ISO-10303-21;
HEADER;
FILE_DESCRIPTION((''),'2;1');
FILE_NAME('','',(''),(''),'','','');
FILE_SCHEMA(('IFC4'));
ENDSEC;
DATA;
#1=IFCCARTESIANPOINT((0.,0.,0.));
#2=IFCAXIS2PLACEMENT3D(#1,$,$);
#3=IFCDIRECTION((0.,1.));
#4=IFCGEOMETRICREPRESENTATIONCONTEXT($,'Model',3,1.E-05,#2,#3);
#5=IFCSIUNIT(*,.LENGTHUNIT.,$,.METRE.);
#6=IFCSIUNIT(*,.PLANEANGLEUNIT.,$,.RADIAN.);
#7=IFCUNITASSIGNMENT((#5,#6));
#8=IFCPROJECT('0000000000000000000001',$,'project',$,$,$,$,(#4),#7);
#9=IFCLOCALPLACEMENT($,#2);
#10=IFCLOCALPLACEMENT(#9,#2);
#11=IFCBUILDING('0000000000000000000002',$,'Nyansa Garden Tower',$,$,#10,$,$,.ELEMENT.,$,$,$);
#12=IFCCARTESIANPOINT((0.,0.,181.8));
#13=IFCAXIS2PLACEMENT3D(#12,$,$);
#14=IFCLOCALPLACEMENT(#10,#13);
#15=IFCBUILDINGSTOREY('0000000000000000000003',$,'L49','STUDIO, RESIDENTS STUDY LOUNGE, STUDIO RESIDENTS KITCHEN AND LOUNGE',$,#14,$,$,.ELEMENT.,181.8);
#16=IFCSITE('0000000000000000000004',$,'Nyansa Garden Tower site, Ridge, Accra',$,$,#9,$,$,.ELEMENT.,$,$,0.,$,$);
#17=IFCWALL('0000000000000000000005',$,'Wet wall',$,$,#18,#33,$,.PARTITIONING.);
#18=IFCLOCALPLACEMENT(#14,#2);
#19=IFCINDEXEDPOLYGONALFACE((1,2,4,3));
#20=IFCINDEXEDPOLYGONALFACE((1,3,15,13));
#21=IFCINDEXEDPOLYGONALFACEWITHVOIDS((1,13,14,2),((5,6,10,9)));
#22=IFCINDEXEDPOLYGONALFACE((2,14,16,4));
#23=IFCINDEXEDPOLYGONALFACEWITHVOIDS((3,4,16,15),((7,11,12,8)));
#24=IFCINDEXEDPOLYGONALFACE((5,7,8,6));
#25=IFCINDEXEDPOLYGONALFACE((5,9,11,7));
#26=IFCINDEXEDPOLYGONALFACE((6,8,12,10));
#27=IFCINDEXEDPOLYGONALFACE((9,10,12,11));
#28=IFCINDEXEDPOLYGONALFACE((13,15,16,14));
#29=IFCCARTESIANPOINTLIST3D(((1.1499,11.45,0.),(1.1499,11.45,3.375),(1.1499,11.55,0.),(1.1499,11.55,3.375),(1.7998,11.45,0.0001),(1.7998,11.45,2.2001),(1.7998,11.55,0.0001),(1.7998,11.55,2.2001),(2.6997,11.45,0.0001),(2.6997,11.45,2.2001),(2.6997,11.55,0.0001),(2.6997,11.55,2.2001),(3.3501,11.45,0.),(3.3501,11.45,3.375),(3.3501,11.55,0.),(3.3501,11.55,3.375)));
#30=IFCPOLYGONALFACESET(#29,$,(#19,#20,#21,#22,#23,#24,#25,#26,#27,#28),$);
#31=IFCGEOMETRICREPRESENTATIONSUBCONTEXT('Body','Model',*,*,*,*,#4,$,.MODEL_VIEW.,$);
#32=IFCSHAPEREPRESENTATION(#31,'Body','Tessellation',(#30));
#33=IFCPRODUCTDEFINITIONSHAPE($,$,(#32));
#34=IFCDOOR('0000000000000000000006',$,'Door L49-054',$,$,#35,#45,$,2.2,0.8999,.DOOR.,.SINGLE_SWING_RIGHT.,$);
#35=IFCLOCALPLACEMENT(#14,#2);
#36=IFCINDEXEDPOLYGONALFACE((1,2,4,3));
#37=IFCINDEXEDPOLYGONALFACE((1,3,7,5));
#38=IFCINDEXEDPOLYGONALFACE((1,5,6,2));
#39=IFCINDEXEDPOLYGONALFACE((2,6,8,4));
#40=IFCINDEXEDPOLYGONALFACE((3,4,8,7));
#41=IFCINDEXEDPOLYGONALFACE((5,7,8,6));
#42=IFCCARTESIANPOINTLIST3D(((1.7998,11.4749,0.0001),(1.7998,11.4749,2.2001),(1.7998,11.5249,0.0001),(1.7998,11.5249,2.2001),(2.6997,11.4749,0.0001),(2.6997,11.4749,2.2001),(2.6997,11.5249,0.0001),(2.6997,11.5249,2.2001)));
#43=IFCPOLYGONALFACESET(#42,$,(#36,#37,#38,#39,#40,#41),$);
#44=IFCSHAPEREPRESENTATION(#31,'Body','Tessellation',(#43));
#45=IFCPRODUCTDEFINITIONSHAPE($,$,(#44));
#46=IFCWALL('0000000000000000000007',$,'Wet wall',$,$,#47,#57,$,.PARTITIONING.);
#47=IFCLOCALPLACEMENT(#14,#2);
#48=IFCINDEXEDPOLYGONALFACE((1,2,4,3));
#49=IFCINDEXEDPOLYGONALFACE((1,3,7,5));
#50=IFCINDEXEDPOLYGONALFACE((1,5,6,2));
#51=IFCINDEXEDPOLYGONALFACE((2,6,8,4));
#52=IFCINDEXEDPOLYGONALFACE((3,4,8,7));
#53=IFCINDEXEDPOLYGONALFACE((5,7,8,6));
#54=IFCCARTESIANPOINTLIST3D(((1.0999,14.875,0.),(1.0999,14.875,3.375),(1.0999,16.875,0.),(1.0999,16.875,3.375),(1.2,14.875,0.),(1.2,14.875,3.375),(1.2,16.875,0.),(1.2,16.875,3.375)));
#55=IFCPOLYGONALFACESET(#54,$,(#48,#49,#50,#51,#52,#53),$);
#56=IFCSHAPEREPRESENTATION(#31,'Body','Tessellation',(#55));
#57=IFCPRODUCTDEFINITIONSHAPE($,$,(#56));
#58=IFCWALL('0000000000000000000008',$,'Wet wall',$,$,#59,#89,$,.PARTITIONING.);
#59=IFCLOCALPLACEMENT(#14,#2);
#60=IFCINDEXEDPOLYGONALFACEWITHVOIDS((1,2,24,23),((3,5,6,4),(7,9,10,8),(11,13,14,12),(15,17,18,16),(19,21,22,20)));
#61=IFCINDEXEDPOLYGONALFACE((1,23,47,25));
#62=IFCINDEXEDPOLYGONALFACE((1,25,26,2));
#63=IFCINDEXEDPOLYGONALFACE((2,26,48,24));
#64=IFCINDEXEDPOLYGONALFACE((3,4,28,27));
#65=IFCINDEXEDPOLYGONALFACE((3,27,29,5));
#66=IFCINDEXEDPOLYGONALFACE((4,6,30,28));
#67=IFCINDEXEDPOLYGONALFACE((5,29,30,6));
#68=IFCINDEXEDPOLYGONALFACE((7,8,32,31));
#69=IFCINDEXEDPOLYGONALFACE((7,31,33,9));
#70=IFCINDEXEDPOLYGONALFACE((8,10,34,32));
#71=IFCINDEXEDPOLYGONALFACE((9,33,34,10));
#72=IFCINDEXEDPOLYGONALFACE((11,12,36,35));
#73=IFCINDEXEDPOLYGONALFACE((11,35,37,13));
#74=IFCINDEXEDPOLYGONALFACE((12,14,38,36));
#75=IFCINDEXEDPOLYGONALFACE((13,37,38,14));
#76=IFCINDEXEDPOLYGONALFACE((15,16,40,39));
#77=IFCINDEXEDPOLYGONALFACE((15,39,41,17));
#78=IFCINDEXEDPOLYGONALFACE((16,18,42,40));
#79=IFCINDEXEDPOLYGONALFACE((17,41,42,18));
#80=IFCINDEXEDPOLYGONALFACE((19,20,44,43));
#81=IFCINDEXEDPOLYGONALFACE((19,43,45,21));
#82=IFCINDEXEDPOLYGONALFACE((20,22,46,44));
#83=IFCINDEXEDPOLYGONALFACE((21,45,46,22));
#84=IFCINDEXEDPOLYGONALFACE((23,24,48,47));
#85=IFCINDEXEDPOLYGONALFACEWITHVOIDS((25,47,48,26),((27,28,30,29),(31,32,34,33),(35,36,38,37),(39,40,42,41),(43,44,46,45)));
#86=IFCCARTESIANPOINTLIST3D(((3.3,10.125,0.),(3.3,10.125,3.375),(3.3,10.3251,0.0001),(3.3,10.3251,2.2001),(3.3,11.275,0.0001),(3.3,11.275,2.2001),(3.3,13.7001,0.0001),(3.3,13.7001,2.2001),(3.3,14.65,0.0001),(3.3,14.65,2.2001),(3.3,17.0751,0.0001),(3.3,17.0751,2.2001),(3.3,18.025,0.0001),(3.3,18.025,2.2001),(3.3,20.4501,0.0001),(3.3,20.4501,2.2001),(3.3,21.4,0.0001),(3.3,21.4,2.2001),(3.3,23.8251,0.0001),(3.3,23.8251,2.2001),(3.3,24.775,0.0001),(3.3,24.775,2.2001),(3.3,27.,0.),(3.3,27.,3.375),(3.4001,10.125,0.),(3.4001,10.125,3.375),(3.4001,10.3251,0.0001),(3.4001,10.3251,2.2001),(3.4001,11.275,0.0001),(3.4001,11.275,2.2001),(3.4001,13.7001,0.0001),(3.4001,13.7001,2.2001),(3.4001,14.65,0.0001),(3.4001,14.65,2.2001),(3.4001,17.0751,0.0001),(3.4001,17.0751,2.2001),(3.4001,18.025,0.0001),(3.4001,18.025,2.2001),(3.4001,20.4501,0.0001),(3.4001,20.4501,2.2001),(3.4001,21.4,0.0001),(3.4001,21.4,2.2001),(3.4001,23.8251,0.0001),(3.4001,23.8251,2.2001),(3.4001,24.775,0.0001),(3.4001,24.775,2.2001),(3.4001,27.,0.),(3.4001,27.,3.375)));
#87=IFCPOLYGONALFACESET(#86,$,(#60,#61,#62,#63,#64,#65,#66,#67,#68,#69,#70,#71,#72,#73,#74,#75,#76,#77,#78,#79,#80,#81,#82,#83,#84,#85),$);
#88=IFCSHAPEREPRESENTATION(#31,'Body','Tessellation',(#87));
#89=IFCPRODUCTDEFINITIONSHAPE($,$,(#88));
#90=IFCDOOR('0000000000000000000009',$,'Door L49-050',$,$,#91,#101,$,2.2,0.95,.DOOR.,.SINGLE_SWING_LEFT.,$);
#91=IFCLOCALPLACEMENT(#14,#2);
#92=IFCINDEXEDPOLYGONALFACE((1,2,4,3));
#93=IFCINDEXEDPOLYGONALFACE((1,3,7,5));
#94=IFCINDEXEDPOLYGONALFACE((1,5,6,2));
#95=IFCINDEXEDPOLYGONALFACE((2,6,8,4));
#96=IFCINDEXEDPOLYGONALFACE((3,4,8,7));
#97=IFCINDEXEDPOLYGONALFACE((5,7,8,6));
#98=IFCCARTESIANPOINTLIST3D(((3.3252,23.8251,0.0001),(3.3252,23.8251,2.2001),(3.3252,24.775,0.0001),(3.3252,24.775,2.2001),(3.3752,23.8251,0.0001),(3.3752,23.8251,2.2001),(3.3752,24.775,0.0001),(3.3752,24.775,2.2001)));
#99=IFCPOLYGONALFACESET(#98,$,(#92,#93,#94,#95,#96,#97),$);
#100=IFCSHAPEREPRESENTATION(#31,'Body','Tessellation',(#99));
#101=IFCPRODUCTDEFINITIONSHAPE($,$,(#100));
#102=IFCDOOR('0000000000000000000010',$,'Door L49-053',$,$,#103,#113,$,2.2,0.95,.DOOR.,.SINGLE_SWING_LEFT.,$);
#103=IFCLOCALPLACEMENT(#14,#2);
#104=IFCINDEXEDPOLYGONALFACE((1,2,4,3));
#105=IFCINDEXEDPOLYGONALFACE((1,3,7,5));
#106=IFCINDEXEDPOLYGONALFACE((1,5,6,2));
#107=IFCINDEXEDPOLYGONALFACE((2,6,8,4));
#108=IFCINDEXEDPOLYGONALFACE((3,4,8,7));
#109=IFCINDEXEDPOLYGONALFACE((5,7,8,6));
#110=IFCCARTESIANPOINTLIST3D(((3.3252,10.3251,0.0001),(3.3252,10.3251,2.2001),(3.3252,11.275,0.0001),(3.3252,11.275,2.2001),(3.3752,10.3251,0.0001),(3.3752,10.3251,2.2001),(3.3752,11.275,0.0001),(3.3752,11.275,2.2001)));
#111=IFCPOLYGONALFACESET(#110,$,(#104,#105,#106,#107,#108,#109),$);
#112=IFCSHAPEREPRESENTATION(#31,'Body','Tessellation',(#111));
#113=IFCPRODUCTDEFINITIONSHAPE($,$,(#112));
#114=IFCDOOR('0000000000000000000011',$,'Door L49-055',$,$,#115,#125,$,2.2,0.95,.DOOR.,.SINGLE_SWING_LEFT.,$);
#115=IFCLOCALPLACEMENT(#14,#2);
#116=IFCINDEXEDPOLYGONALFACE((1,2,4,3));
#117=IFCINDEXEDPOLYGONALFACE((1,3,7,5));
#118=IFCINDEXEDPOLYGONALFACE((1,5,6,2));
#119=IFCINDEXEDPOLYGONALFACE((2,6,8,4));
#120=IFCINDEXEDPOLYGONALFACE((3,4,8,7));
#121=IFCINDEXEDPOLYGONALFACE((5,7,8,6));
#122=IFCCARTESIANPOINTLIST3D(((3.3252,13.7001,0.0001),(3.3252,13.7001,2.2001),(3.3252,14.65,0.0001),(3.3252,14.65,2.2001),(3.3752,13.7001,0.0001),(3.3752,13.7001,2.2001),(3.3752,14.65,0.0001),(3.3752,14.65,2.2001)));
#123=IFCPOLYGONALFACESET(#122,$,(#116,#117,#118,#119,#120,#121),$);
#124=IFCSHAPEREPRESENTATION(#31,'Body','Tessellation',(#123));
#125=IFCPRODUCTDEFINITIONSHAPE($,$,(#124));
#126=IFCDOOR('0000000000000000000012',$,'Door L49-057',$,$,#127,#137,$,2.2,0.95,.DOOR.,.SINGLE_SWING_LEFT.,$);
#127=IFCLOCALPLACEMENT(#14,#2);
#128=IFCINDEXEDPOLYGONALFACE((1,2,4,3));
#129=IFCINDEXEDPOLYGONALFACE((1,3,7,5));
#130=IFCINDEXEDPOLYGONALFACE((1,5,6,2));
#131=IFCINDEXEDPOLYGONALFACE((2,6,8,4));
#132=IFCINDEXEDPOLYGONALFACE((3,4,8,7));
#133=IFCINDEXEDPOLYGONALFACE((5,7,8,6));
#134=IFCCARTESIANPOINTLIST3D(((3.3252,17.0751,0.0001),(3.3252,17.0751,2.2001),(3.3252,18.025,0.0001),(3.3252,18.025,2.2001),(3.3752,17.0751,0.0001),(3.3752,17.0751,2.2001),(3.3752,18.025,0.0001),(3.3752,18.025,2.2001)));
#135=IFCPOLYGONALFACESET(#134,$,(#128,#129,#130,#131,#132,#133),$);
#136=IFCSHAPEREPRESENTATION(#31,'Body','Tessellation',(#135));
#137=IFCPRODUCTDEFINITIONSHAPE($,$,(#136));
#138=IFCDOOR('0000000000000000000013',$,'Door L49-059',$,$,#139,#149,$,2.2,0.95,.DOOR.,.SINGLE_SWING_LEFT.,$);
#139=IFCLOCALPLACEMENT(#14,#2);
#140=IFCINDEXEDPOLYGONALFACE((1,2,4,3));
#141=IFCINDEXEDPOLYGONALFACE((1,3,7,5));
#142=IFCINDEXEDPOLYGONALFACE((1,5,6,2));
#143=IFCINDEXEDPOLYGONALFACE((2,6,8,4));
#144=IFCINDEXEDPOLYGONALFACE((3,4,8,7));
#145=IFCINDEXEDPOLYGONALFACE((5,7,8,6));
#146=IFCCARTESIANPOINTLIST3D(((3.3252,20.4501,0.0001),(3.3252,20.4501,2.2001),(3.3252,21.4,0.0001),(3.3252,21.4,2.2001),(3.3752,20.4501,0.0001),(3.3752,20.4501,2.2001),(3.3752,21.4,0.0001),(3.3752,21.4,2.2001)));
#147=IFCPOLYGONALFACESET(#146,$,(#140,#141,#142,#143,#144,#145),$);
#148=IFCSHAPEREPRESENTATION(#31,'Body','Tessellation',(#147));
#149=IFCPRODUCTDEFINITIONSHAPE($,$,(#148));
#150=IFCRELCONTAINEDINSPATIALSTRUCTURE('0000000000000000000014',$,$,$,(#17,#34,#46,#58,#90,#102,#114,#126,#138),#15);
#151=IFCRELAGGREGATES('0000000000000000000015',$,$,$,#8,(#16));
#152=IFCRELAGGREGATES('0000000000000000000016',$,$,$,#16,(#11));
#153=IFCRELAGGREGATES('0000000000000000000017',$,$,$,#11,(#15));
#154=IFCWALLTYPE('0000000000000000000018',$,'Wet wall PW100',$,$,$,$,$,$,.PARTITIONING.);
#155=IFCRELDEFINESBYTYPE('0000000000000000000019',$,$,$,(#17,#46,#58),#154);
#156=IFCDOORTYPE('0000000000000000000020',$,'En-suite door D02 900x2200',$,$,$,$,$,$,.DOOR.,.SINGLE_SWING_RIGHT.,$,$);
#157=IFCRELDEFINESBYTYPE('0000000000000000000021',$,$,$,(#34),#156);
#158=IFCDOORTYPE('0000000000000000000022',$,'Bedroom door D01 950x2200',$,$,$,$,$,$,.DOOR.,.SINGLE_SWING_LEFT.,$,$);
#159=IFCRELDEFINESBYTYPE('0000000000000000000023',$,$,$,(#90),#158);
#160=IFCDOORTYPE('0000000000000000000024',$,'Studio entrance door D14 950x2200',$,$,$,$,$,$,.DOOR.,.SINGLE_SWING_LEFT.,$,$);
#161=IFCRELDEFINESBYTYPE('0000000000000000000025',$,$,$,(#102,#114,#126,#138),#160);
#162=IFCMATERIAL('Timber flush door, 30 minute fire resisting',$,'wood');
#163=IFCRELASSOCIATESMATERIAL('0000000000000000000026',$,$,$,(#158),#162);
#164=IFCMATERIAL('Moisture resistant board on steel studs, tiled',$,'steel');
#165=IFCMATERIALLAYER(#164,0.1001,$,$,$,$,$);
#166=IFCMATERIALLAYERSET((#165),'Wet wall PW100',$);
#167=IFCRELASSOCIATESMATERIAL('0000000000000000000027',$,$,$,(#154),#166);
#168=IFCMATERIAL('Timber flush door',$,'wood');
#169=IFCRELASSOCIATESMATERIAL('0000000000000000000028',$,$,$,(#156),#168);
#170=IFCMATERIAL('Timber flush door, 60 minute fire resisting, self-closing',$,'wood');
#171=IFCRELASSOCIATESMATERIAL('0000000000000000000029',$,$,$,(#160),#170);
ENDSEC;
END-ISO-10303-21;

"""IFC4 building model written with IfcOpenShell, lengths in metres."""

from ifc_helpers import new_model, si_unit, direction, frame, frame_2d, origin, place, context, subcontext, project, spatial, rectangle, extrude, material, layer, layer_set, type_object, element, fill, save


model = new_model("IFC4")

# Units and contexts
model_context = context("Model", 3, precision=1e-05, world=origin(), true_north=direction((0.0, 1.0)))
body_context = subcontext(model_context, "Body", "Model", "MODEL_VIEW")
ifc_project = project(units=[si_unit("LENGTHUNIT", "METRE"), si_unit("PLANEANGLEUNIT", "RADIAN")], contexts=[model_context])

# Site, building, storey
site_placement = place(None, origin())
site = spatial("IfcSite", under=ifc_project, at=site_placement, Name="Nyansa Garden Tower site, Ridge, Accra", CompositionType="ELEMENT", RefElevation=0.0)
building_placement = place(site_placement, origin())
building = spatial("IfcBuilding", under=site, at=building_placement, Name="Nyansa Garden Tower", CompositionType="ELEMENT")
storey_placement = place(building_placement, frame((0.0, 0.0, 181.8)))
storey = spatial("IfcBuildingStorey", under=building, at=storey_placement, Name="L49", Description="STUDIO, RESIDENTS STUDY LOUNGE, STUDIO RESIDENTS KITCHEN AND LOUNGE", CompositionType="ELEMENT", Elevation=181.8)

# Shared definitions
ifc_material_1 = material(Name="Timber flush door, 30 minute fire resisting", Category="wood")
door_type_1 = type_object("IfcDoorType", Name="Bedroom door D01 950x2200", OperationType="SINGLE_SWING_LEFT", PredefinedType="DOOR", material=ifc_material_1)

# Shared definitions
ifc_material_2 = material(Name="Moisture resistant board on steel studs, tiled", Category="steel")
ifc_layer_1 = layer(ifc_material_2, 0.1001)
ifc_layer_set_1 = layer_set([ifc_layer_1], Name="Wet wall PW100")
wall_type_1 = type_object("IfcWallType", Name="Wet wall PW100", PredefinedType="PARTITIONING", material=ifc_layer_set_1)

# Wall, opening, door
wall_1_placement = place(storey_placement, frame((1.1499, 11.5, 0.0), z_axis=(0.0, 0.0, 1.0), x_axis=(1.0, 0.0, 0.0)))
wall_1 = element("IfcWall", 1, at=wall_1_placement, inside=storey, type_object=wall_type_1, Name="Wet wall", PredefinedType="PARTITIONING", context=body_context, shape_type="SweptSolid", body=[
    extrude(rectangle(XDim=2.2002, YDim=0.1001, at=frame_2d((1.1001, 0.0))), origin(), (0.0, 0.0, 1.0), 3.375),
])
opening_1_placement = place(wall_1_placement, frame((0.6499, 0.0, 0.0)))
opening_1 = element("IfcOpeningElement", 2, at=opening_1_placement, cuts=wall_1, PredefinedType="OPENING", context=body_context, shape_type="SweptSolid", body=[
    extrude(rectangle(XDim=0.8999, YDim=2.2, at=frame_2d((0.45, 1.1001))), frame((0.0, 0.0601, 0.0), z_axis=(0.0, -1.0, 0.0), x_axis=(1.0, 0.0, 0.0)), (0.0, 0.0, 1.0), 0.1201),
])
ifc_material_3 = material(Name="Timber flush door", Category="wood")
door_type_2 = type_object("IfcDoorType", Name="En-suite door D02 900x2200", OperationType="SINGLE_SWING_RIGHT", PredefinedType="DOOR", material=ifc_material_3)
door_1_placement = place(opening_1_placement, origin())
door_1 = element("IfcDoor", 3, at=door_1_placement, inside=storey, type_object=door_type_2, Name="Door L49-054", OperationType="SINGLE_SWING_RIGHT", OverallHeight=2.2, OverallWidth=0.8999, PredefinedType="DOOR", context=body_context, shape_type="SweptSolid", body=[
    extrude(rectangle(XDim=0.8999, YDim=2.2, at=frame_2d((0.45, 1.1001))), frame((0.0, 0.0249, 0.0), z_axis=(0.0, -1.0, 0.0), x_axis=(1.0, 0.0, 0.0)), (0.0, 0.0, 1.0), 0.05),
])
fill(opening_1, door_1)

# Wall
wall_2_placement = place(storey_placement, frame((1.1499, 14.875, 0.0), z_axis=(0.0, 0.0, 1.0), x_axis=(0.0, 1.0, 0.0)))
element("IfcWall", 4, at=wall_2_placement, inside=storey, type_object=wall_type_1, Name="Wet wall", PredefinedType="PARTITIONING", context=body_context, shape_type="SweptSolid", body=[
    extrude(rectangle(XDim=2.0, YDim=0.1001, at=frame_2d((1.0, 0.0))), origin(), (0.0, 0.0, 1.0), 3.375),
])

# Wall, openings, doors
wall_3_placement = place(storey_placement, frame((3.3501, 10.125, 0.0), z_axis=(0.0, 0.0, 1.0), x_axis=(0.0, 1.0, 0.0)))
wall_3 = element("IfcWall", 5, at=wall_3_placement, inside=storey, type_object=wall_type_1, Name="Wet wall", PredefinedType="PARTITIONING", context=body_context, shape_type="SweptSolid", body=[
    extrude(rectangle(XDim=16.875, YDim=0.1001, at=frame_2d((8.4375, 0.0))), origin(), (0.0, 0.0, 1.0), 3.375),
])
opening_2_placement = place(wall_3_placement, frame((13.7, 0.0, 0.0)))
opening_2 = element("IfcOpeningElement", 6, at=opening_2_placement, cuts=wall_3, PredefinedType="OPENING", context=body_context, shape_type="SweptSolid", body=[
    extrude(rectangle(XDim=0.95, YDim=2.2, at=frame_2d((0.4751, 1.1001))), frame((0.0, 0.0601, 0.0), z_axis=(0.0, -1.0, 0.0), x_axis=(1.0, 0.0, 0.0)), (0.0, 0.0, 1.0), 0.1201),
])
opening_3_placement = place(wall_3_placement, frame((0.2, 0.0, 0.0)))
opening_3 = element("IfcOpeningElement", 7, at=opening_3_placement, cuts=wall_3, PredefinedType="OPENING", context=body_context, shape_type="SweptSolid", body=[
    extrude(rectangle(XDim=0.95, YDim=2.2, at=frame_2d((0.4751, 1.1001))), frame((0.0, 0.0601, 0.0), z_axis=(0.0, -1.0, 0.0), x_axis=(1.0, 0.0, 0.0)), (0.0, 0.0, 1.0), 0.1201),
])
opening_4_placement = place(wall_3_placement, frame((3.575, 0.0, 0.0)))
opening_4 = element("IfcOpeningElement", 8, at=opening_4_placement, cuts=wall_3, PredefinedType="OPENING", context=body_context, shape_type="SweptSolid", body=[
    extrude(rectangle(XDim=0.95, YDim=2.2, at=frame_2d((0.4751, 1.1001))), frame((0.0, 0.0601, 0.0), z_axis=(0.0, -1.0, 0.0), x_axis=(1.0, 0.0, 0.0)), (0.0, 0.0, 1.0), 0.1201),
])
opening_5_placement = place(wall_3_placement, frame((6.95, 0.0, 0.0)))
opening_5 = element("IfcOpeningElement", 9, at=opening_5_placement, cuts=wall_3, PredefinedType="OPENING", context=body_context, shape_type="SweptSolid", body=[
    extrude(rectangle(XDim=0.95, YDim=2.2, at=frame_2d((0.4751, 1.1001))), frame((0.0, 0.0601, 0.0), z_axis=(0.0, -1.0, 0.0), x_axis=(1.0, 0.0, 0.0)), (0.0, 0.0, 1.0), 0.1201),
])
opening_6_placement = place(wall_3_placement, frame((10.325, 0.0, 0.0)))
opening_6 = element("IfcOpeningElement", 10, at=opening_6_placement, cuts=wall_3, PredefinedType="OPENING", context=body_context, shape_type="SweptSolid", body=[
    extrude(rectangle(XDim=0.95, YDim=2.2, at=frame_2d((0.4751, 1.1001))), frame((0.0, 0.0601, 0.0), z_axis=(0.0, -1.0, 0.0), x_axis=(1.0, 0.0, 0.0)), (0.0, 0.0, 1.0), 0.1201),
])
door_2_placement = place(opening_2_placement, origin())
door_2 = element("IfcDoor", 11, at=door_2_placement, inside=storey, type_object=door_type_1, Name="Door L49-050", OperationType="SINGLE_SWING_LEFT", OverallHeight=2.2, OverallWidth=0.95, PredefinedType="DOOR", context=body_context, shape_type="SweptSolid", body=[
    extrude(rectangle(XDim=0.95, YDim=2.2, at=frame_2d((0.4751, 1.1001))), frame((0.0, 0.0249, 0.0), z_axis=(0.0, -1.0, 0.0), x_axis=(1.0, 0.0, 0.0)), (0.0, 0.0, 1.0), 0.05),
])
fill(opening_2, door_2)
ifc_material_4 = material(Name="Timber flush door, 60 minute fire resisting, self-closing", Category="wood")
door_type_3 = type_object("IfcDoorType", Name="Studio entrance door D14 950x2200", OperationType="SINGLE_SWING_LEFT", PredefinedType="DOOR", material=ifc_material_4)
door_3_placement = place(opening_3_placement, origin())
door_3 = element("IfcDoor", 12, at=door_3_placement, inside=storey, type_object=door_type_3, Name="Door L49-053", OperationType="SINGLE_SWING_LEFT", OverallHeight=2.2, OverallWidth=0.95, PredefinedType="DOOR", context=body_context, shape_type="SweptSolid", body=[
    extrude(rectangle(XDim=0.95, YDim=2.2, at=frame_2d((0.4751, 1.1001))), frame((0.0, 0.0249, 0.0), z_axis=(0.0, -1.0, 0.0), x_axis=(1.0, 0.0, 0.0)), (0.0, 0.0, 1.0), 0.05),
])
fill(opening_3, door_3)
door_4_placement = place(opening_4_placement, origin())
door_4 = element("IfcDoor", 13, at=door_4_placement, inside=storey, type_object=door_type_3, Name="Door L49-055", OperationType="SINGLE_SWING_LEFT", OverallHeight=2.2, OverallWidth=0.95, PredefinedType="DOOR", context=body_context, shape_type="SweptSolid", body=[
    extrude(rectangle(XDim=0.95, YDim=2.2, at=frame_2d((0.4751, 1.1001))), frame((0.0, 0.0249, 0.0), z_axis=(0.0, -1.0, 0.0), x_axis=(1.0, 0.0, 0.0)), (0.0, 0.0, 1.0), 0.05),
])
fill(opening_4, door_4)
door_5_placement = place(opening_5_placement, origin())
door_5 = element("IfcDoor", 14, at=door_5_placement, inside=storey, type_object=door_type_3, Name="Door L49-057", OperationType="SINGLE_SWING_LEFT", OverallHeight=2.2, OverallWidth=0.95, PredefinedType="DOOR", context=body_context, shape_type="SweptSolid", body=[
    extrude(rectangle(XDim=0.95, YDim=2.2, at=frame_2d((0.4751, 1.1001))), frame((0.0, 0.0249, 0.0), z_axis=(0.0, -1.0, 0.0), x_axis=(1.0, 0.0, 0.0)), (0.0, 0.0, 1.0), 0.05),
])
fill(opening_5, door_5)
door_6_placement = place(opening_6_placement, origin())
door_6 = element("IfcDoor", 15, at=door_6_placement, inside=storey, type_object=door_type_3, Name="Door L49-059", OperationType="SINGLE_SWING_LEFT", OverallHeight=2.2, OverallWidth=0.95, PredefinedType="DOOR", context=body_context, shape_type="SweptSolid", body=[
    extrude(rectangle(XDim=0.95, YDim=2.2, at=frame_2d((0.4751, 1.1001))), frame((0.0, 0.0249, 0.0), z_axis=(0.0, -1.0, 0.0), x_axis=(1.0, 0.0, 0.0)), (0.0, 0.0, 1.0), 0.05),
])
fill(opening_6, door_6)

save(model, "model.ifc")
